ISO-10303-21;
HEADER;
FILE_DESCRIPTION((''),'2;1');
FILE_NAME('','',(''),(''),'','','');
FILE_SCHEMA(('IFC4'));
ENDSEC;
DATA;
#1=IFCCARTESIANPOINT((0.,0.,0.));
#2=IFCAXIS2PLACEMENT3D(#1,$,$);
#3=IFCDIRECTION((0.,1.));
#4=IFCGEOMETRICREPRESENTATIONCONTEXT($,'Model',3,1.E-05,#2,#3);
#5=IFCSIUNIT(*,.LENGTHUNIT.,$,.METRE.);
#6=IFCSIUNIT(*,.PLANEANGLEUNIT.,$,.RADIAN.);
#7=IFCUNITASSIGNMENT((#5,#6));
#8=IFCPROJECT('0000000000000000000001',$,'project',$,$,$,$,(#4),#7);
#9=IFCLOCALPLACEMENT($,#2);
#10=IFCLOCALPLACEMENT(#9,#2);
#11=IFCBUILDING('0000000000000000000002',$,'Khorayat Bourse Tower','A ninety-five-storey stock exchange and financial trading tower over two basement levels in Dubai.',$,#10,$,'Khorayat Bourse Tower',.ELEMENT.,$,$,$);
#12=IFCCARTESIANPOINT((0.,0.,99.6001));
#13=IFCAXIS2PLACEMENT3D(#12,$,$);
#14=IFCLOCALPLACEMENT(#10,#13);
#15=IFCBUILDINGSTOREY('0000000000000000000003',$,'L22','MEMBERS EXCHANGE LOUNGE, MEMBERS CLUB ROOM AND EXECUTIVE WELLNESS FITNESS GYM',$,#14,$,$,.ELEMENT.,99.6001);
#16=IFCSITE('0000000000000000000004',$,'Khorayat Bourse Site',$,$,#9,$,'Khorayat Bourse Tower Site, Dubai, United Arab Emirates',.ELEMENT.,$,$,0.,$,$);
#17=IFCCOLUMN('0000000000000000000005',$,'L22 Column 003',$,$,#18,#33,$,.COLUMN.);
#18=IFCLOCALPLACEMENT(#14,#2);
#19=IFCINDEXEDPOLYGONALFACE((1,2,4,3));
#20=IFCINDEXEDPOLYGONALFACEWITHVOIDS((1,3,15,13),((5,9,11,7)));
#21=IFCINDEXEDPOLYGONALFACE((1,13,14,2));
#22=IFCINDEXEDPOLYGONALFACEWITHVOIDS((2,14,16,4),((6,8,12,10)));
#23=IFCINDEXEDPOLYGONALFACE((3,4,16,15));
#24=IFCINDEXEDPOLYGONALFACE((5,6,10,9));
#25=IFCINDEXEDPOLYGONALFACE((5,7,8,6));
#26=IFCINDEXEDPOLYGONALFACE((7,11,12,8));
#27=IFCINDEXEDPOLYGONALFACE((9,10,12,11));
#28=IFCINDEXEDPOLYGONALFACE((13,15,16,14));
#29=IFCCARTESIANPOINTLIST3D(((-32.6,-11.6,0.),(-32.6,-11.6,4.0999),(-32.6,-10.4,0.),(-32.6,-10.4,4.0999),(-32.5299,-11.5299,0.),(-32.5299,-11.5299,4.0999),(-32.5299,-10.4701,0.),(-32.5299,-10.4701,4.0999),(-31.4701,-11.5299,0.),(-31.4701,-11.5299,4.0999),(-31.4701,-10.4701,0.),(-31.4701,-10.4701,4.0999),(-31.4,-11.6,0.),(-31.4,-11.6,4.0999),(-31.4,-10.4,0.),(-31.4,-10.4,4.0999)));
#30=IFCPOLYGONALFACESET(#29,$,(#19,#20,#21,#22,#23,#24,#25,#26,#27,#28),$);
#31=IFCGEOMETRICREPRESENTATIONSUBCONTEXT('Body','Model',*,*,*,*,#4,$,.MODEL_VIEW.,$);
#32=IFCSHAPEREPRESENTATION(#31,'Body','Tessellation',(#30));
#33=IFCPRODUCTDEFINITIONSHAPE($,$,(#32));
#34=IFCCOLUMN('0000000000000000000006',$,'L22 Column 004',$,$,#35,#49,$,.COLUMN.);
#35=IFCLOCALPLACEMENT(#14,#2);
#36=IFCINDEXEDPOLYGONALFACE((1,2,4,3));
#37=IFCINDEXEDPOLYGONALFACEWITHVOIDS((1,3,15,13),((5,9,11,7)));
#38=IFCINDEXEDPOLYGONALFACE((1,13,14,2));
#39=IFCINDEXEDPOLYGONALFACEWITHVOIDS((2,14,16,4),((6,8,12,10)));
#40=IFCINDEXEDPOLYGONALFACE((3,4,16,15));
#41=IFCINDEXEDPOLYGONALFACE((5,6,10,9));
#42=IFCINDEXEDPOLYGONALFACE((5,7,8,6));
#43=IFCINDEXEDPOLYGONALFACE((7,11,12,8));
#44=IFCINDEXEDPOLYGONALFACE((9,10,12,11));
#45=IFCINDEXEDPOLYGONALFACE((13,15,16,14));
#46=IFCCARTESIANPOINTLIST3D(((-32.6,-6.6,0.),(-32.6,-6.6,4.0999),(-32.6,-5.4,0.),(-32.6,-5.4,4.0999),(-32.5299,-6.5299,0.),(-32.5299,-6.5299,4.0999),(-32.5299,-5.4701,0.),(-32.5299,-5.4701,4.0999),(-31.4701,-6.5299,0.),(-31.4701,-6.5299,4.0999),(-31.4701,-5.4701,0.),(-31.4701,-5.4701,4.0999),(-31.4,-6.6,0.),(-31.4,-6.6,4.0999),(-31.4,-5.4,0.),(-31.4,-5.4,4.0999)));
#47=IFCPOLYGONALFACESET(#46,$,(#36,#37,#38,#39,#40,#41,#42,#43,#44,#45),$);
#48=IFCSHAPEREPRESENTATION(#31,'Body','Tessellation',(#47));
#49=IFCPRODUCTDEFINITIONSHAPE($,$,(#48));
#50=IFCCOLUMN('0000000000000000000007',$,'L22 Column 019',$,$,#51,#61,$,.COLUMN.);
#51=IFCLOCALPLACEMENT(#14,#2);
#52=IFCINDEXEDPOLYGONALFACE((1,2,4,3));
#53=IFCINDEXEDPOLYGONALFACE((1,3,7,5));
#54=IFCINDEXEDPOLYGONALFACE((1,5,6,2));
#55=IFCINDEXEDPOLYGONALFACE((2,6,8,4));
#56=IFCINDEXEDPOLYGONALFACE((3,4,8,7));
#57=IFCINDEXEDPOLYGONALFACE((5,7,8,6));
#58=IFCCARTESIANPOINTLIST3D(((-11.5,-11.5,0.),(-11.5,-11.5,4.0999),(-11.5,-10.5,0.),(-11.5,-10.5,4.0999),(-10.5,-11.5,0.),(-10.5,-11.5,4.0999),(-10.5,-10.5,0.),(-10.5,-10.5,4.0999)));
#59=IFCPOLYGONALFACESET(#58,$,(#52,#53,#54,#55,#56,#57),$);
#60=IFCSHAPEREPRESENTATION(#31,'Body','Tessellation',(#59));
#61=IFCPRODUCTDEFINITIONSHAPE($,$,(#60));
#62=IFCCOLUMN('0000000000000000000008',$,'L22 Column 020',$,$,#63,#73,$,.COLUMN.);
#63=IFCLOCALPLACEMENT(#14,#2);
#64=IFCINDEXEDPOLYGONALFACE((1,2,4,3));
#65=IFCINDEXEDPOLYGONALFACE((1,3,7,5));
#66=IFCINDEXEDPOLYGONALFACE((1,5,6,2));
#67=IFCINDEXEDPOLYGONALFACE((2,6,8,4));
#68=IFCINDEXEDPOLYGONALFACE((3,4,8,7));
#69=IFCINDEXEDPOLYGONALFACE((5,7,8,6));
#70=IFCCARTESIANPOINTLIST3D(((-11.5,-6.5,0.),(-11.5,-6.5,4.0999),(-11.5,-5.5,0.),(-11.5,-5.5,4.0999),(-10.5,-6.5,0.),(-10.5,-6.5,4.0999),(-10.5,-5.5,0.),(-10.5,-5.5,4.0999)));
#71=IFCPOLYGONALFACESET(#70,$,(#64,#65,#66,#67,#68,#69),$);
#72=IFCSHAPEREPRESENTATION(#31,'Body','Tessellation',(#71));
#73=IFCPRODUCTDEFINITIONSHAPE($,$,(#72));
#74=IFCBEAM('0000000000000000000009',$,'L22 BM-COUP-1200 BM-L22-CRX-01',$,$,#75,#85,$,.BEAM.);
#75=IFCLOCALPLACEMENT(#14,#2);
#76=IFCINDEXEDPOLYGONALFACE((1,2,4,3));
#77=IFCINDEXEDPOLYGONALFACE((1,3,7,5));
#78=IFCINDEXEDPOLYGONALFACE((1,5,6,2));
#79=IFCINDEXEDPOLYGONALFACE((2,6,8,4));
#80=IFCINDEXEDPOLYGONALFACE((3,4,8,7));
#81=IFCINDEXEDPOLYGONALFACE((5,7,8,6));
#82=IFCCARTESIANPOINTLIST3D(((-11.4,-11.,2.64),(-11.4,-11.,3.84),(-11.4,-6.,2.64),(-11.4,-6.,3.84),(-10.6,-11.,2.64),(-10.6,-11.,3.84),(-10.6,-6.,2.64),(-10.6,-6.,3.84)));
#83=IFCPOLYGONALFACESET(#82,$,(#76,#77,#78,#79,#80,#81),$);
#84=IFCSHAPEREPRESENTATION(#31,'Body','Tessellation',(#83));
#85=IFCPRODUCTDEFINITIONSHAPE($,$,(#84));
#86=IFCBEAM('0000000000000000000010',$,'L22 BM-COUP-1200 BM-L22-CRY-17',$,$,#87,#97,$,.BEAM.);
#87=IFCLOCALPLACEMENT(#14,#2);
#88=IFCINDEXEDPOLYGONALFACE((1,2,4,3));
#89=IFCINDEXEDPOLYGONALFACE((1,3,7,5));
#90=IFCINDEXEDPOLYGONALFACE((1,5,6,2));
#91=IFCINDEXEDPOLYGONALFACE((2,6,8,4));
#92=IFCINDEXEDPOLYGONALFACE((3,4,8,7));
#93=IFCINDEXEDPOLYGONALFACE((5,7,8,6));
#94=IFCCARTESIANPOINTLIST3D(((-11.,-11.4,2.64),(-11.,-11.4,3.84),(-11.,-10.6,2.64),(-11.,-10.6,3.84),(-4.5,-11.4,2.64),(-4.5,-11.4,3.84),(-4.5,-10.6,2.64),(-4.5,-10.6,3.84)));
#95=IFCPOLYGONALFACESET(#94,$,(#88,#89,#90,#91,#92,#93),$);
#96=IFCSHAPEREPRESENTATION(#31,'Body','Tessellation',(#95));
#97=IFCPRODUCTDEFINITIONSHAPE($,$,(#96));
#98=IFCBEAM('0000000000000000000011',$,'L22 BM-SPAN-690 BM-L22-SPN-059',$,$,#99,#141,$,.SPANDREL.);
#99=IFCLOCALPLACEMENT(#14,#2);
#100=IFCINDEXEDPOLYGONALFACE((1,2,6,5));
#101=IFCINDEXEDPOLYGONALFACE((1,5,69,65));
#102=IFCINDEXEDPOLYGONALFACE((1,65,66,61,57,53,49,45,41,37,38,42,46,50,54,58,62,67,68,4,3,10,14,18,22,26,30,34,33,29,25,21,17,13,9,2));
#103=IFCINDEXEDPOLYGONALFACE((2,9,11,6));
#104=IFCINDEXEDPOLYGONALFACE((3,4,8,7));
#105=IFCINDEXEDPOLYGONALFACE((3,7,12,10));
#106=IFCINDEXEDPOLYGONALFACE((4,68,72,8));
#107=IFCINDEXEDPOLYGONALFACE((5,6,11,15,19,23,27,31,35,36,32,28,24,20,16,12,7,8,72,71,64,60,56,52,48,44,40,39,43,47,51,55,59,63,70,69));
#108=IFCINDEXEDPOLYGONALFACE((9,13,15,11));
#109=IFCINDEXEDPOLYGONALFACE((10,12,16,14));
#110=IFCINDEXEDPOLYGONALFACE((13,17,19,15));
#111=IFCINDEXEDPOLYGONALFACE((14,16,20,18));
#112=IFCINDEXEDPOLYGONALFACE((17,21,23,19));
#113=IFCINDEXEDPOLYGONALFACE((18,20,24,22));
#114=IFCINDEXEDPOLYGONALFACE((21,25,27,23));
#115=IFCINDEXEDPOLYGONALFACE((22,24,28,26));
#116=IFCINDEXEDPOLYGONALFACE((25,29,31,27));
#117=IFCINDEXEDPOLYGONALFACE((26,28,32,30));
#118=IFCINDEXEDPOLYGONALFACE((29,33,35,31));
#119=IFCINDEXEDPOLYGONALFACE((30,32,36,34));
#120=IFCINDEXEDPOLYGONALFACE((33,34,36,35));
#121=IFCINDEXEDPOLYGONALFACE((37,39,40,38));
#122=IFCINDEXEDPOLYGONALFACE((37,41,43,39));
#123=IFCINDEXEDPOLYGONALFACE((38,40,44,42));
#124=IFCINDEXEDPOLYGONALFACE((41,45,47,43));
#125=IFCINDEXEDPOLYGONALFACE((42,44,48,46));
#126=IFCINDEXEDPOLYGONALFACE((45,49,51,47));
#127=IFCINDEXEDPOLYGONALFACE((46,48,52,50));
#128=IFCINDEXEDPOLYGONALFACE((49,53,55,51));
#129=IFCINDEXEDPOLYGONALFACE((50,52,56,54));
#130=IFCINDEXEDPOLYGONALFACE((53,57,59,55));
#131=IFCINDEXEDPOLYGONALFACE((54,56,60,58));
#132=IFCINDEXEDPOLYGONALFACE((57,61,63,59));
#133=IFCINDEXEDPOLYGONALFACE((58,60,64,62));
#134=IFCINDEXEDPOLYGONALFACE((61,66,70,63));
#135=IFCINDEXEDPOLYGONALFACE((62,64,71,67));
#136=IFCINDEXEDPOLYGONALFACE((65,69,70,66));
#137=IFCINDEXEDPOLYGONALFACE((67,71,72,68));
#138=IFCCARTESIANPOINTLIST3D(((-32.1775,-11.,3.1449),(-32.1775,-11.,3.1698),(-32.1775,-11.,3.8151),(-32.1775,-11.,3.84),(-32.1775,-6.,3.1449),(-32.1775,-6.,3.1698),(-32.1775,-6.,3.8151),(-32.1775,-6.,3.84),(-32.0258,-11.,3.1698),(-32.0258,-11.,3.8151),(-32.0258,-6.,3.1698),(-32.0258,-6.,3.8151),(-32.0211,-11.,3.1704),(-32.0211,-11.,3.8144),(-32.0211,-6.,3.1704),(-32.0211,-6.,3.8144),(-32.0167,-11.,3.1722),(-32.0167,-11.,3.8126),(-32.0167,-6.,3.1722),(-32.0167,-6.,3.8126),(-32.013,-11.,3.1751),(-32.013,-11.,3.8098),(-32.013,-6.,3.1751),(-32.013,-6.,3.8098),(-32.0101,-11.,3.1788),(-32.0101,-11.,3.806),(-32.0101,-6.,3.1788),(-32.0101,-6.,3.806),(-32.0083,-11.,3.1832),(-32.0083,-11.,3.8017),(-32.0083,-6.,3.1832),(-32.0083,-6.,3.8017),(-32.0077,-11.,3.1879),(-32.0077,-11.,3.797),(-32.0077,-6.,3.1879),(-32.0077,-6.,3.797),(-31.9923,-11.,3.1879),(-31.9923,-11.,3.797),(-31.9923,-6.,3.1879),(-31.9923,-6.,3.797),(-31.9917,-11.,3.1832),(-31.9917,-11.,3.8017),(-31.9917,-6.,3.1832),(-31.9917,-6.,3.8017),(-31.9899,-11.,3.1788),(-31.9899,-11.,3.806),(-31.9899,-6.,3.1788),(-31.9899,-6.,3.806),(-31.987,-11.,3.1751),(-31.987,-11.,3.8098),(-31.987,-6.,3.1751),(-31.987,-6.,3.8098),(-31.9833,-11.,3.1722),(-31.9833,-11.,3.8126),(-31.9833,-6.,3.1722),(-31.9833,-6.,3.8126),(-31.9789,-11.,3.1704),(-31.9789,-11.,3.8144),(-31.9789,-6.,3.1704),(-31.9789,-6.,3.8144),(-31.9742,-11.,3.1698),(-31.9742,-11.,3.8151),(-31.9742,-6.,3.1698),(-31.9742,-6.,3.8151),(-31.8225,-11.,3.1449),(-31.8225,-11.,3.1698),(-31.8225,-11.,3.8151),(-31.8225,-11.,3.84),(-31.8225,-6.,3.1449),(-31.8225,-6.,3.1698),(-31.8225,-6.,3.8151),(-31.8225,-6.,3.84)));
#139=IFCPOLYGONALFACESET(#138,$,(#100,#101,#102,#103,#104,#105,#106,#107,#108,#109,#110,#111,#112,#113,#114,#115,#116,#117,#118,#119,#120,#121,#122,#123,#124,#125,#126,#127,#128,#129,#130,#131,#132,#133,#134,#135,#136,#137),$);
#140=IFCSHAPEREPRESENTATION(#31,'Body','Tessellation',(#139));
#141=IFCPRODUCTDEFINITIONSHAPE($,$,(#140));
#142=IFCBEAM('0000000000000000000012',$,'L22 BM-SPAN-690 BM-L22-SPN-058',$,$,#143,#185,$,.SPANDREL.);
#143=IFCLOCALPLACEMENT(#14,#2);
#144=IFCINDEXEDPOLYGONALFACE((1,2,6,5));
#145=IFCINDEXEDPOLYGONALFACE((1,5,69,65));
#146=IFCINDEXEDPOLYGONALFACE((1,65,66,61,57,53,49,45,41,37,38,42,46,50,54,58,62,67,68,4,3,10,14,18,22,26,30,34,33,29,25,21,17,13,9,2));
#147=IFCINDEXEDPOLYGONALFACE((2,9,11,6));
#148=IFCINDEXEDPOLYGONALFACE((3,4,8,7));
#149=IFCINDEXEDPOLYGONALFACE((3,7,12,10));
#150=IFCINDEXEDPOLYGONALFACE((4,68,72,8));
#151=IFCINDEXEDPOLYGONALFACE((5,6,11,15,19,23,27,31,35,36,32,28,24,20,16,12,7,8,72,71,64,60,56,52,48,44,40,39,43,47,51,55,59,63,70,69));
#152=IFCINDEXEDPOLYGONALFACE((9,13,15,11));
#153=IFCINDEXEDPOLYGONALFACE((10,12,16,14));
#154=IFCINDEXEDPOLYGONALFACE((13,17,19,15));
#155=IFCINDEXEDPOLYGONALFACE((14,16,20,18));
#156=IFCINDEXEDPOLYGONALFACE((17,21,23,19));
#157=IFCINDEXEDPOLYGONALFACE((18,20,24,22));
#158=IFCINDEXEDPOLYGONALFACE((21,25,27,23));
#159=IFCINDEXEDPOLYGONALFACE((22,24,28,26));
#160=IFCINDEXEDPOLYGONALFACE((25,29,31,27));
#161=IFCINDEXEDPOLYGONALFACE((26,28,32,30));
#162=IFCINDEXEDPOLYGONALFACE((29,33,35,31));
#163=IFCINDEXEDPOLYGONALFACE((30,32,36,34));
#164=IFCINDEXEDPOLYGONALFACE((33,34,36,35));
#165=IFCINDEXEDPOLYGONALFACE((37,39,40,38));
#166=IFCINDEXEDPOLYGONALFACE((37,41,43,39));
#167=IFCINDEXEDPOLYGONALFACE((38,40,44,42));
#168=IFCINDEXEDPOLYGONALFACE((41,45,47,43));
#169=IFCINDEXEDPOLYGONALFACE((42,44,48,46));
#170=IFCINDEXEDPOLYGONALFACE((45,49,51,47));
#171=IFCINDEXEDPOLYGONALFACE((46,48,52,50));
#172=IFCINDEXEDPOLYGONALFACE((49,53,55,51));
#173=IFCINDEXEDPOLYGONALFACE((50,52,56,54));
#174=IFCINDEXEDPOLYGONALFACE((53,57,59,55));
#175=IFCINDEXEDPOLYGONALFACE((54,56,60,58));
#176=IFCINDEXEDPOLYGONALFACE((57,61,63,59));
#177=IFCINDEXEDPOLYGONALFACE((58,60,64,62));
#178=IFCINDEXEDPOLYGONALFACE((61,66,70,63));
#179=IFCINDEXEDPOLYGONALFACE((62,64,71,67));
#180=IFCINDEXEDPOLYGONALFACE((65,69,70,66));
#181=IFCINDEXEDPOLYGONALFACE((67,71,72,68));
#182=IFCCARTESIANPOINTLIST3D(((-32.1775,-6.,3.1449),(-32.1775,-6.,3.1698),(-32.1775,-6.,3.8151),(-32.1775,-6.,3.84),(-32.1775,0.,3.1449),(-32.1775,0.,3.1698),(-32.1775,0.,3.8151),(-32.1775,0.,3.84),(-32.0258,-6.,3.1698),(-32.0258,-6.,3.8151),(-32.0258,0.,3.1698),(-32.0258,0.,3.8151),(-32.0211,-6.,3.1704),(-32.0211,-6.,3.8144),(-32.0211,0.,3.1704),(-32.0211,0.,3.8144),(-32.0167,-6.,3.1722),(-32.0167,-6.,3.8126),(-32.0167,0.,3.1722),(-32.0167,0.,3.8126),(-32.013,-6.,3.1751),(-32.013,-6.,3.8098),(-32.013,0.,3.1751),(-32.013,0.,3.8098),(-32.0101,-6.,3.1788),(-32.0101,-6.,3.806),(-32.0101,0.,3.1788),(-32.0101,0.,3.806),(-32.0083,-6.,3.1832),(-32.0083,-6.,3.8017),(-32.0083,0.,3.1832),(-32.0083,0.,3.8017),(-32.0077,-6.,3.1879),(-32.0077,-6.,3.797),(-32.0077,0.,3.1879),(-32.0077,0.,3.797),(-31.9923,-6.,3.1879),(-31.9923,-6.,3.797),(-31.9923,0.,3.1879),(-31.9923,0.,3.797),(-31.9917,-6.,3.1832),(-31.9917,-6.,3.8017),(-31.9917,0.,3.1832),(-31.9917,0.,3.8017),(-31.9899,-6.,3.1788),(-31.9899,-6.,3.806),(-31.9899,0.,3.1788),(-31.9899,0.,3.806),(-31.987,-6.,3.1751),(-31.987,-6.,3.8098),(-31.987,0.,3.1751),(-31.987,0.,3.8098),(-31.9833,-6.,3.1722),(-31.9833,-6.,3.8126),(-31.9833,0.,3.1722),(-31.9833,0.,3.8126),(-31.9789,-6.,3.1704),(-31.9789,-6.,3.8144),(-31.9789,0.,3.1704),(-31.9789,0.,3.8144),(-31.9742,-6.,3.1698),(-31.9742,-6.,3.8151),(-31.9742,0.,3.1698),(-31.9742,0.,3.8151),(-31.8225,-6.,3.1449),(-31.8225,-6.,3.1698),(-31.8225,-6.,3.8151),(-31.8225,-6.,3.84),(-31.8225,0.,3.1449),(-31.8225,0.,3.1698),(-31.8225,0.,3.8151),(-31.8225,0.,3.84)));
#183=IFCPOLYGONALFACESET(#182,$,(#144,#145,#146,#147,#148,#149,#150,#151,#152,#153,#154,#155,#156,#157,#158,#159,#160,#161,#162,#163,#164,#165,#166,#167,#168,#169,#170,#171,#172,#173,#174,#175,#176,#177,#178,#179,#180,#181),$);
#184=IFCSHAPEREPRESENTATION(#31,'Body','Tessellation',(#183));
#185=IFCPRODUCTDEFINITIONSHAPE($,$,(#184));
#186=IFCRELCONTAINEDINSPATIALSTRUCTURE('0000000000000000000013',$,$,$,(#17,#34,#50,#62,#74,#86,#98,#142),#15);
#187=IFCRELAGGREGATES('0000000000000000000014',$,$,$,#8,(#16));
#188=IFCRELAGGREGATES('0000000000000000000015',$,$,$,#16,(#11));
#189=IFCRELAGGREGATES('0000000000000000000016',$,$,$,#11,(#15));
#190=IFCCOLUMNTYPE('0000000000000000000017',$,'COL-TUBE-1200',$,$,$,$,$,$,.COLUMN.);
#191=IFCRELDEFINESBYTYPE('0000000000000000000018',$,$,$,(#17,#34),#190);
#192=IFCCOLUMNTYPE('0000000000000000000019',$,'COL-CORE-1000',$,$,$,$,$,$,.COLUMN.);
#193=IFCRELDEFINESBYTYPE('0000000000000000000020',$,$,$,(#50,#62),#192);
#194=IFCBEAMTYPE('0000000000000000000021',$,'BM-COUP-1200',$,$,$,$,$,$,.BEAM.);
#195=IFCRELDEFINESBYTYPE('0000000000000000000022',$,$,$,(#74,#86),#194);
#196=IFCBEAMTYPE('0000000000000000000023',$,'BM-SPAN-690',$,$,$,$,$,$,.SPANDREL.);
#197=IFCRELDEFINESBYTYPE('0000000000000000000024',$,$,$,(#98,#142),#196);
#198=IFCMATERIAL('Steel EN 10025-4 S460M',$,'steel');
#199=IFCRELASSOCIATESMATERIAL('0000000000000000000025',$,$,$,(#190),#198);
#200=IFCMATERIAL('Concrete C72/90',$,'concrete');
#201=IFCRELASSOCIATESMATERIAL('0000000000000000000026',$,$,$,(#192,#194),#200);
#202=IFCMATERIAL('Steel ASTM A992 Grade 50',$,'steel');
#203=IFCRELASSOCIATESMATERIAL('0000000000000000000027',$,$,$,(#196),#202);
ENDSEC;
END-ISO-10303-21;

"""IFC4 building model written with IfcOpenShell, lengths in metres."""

from ifc_helpers import new_model, si_unit, direction, frame, origin, origin_2d, place, context, subcontext, project, spatial, rectangle, hollow_rectangle, i_section, extrude, source, transform, mapped, material, material_profile, profile_set, type_object, element, save


model = new_model("IFC4")

# Units and contexts
model_context = context("Model", 3, precision=1e-05, world=origin(), true_north=direction((0.0, 1.0)))
body_context = subcontext(model_context, "Body", "Model", "MODEL_VIEW")
ifc_project = project(units=[si_unit("LENGTHUNIT", "METRE"), si_unit("PLANEANGLEUNIT", "RADIAN")], contexts=[model_context])

# Site, building, storey
site_placement = place(None, origin())
site = spatial("IfcSite", under=ifc_project, at=site_placement, Name="Khorayat Bourse Site", LongName="Khorayat Bourse Tower Site, Dubai, United Arab Emirates", CompositionType="ELEMENT", RefElevation=0.0)
building_placement = place(site_placement, origin())
building = spatial("IfcBuilding", under=site, at=building_placement, Name="Khorayat Bourse Tower", Description="A ninety-five-storey stock exchange and financial trading tower over two basement levels in Dubai.", LongName="Khorayat Bourse Tower", CompositionType="ELEMENT")
storey_placement = place(building_placement, frame((0.0, 0.0, 99.6001)))
storey = spatial("IfcBuildingStorey", under=building, at=storey_placement, Name="L22", Description="MEMBERS EXCHANGE LOUNGE, MEMBERS CLUB ROOM AND EXECUTIVE WELLNESS FITNESS GYM", CompositionType="ELEMENT", Elevation=99.6001)

# Columns
ifc_material_1 = material(Name="Steel EN 10025-4 S460M", Category="steel")
ifc_material_profile_1 = material_profile(ifc_material_1, hollow_rectangle(XDim=1.2, YDim=1.2, WallThickness=0.0701, at=origin_2d()), Name="BOX 1200x1200x70")
ifc_profile_set_1 = profile_set([ifc_material_profile_1], Name="Steel EN 10025-4 S460M")
column_type_1 = type_object("IfcColumnType", Name="COL-TUBE-1200", PredefinedType="COLUMN", material=ifc_profile_set_1)
shared_shape_1 = source(origin(), body_context, "Body", "SweptSolid", [
    extrude(hollow_rectangle(XDim=1.2, YDim=1.2, WallThickness=0.0701, at=origin_2d()), origin(), (0.0, 0.0, 1.0), 4.0999),
])
for number, where, z_axis, x_axis, name in (
    (1, (-32.0, -11.0, 0.0), (0.0, 0.0, 1.0), (1.0, 0.0, 0.0), "L22 Column 003"),
    (2, (-32.0, -6.0, 0.0), (0.0, 0.0, 1.0), (1.0, 0.0, 0.0), "L22 Column 004"),
):
    element("IfcColumn", number, at=place(storey_placement, frame(where, z_axis=z_axis, x_axis=x_axis)), inside=storey, type_object=column_type_1, Name=name, PredefinedType="COLUMN", context=body_context, shape_type="MappedRepresentation", body=[
        mapped(shared_shape_1, transform((0.0, 0.0, 0.0), scale=1.0)),
    ])
ifc_material_2 = material(Name="Concrete C72/90", Category="concrete")
ifc_material_profile_2 = material_profile(ifc_material_2, rectangle(XDim=1.0, YDim=1.0, at=origin_2d()), Name="RC 1000x1000")
ifc_profile_set_2 = profile_set([ifc_material_profile_2], Name="Concrete C72/90")
column_type_2 = type_object("IfcColumnType", Name="COL-CORE-1000", PredefinedType="COLUMN", material=ifc_profile_set_2)
shared_shape_2 = source(origin(), body_context, "Body", "SweptSolid", [
    extrude(rectangle(XDim=1.0, YDim=1.0, at=origin_2d()), origin(), (0.0, 0.0, 1.0), 4.0999),
])
for number, where, z_axis, x_axis, name in (
    (3, (-11.0, -11.0, 0.0), (0.0, 0.0, 1.0), (1.0, 0.0, 0.0), "L22 Column 019"),
    (4, (-11.0, -6.0, 0.0), (0.0, 0.0, 1.0), (1.0, 0.0, 0.0), "L22 Column 020"),
):
    element("IfcColumn", number, at=place(storey_placement, frame(where, z_axis=z_axis, x_axis=x_axis)), inside=storey, type_object=column_type_2, Name=name, PredefinedType="COLUMN", context=body_context, shape_type="MappedRepresentation", body=[
        mapped(shared_shape_2, transform((0.0, 0.0, 0.0), scale=1.0)),
    ])

# Beams
ifc_material_profile_3 = material_profile(ifc_material_2, rectangle(XDim=0.8, YDim=1.2, at=origin_2d()), Name="RC 800x1200")
ifc_profile_set_3 = profile_set([ifc_material_profile_3], Name="Concrete C72/90")
beam_type_1 = type_object("IfcBeamType", Name="BM-COUP-1200", PredefinedType="BEAM", material=ifc_profile_set_3)
shared_shape_3 = source(origin(), body_context, "Body", "SweptSolid", [
    extrude(rectangle(XDim=0.8, YDim=1.2, at=origin_2d()), origin(), (0.0, 0.0, 1.0), 5.0),
])
beam_1_placement = place(storey_placement, frame((-11.0, -11.0, 3.24), z_axis=(0.0, 1.0, 0.0), x_axis=(-1.0, 0.0, 0.0)))
element("IfcBeam", 5, at=beam_1_placement, inside=storey, type_object=beam_type_1, Name="L22 BM-COUP-1200 BM-L22-CRX-01", PredefinedType="BEAM", context=body_context, shape_type="MappedRepresentation", body=[
    mapped(shared_shape_3, transform((0.0, 0.0, 0.0), scale=1.0)),
])
shared_shape_4 = source(origin(), body_context, "Body", "SweptSolid", [
    extrude(rectangle(XDim=0.8, YDim=1.2, at=origin_2d()), origin(), (0.0, 0.0, 1.0), 6.5),
])
beam_2_placement = place(storey_placement, frame((-11.0, -11.0, 3.24), z_axis=(1.0, 0.0, 0.0), x_axis=(0.0, 1.0, 0.0)))
element("IfcBeam", 6, at=beam_2_placement, inside=storey, type_object=beam_type_1, Name="L22 BM-COUP-1200 BM-L22-CRY-17", PredefinedType="BEAM", context=body_context, shape_type="MappedRepresentation", body=[
    mapped(shared_shape_4, transform((0.0, 0.0, 0.0), scale=1.0)),
])
ifc_material_3 = material(Name="Steel ASTM A992 Grade 50", Category="steel")
ifc_material_profile_4 = material_profile(ifc_material_3, i_section(OverallWidth=0.355, OverallDepth=0.6951, WebThickness=0.0154, FlangeThickness=0.0249, FilletRadius=0.0181, at=origin_2d()), Name="W690X217")
ifc_profile_set_4 = profile_set([ifc_material_profile_4], Name="Steel ASTM A992 Grade 50")
beam_type_2 = type_object("IfcBeamType", Name="BM-SPAN-690", PredefinedType="SPANDREL", material=ifc_profile_set_4)
shared_shape_5 = source(origin(), body_context, "Body", "SweptSolid", [
    extrude(i_section(OverallWidth=0.355, OverallDepth=0.6951, WebThickness=0.0154, FlangeThickness=0.0249, FilletRadius=0.0181, at=origin_2d()), origin(), (0.0, 0.0, 1.0), 5.0),
])
beam_3_placement = place(storey_placement, frame((-32.0, -11.0, 3.4924), z_axis=(0.0, 1.0, 0.0), x_axis=(-1.0, 0.0, 0.0)))
element("IfcBeam", 7, at=beam_3_placement, inside=storey, type_object=beam_type_2, Name="L22 BM-SPAN-690 BM-L22-SPN-059", PredefinedType="SPANDREL", context=body_context, shape_type="MappedRepresentation", body=[
    mapped(shared_shape_5, transform((0.0, 0.0, 0.0), scale=1.0)),
])
shared_shape_6 = source(origin(), body_context, "Body", "SweptSolid", [
    extrude(i_section(OverallWidth=0.355, OverallDepth=0.6951, WebThickness=0.0154, FlangeThickness=0.0249, FilletRadius=0.0181, at=origin_2d()), origin(), (0.0, 0.0, 1.0), 6.0),
])
beam_4_placement = place(storey_placement, frame((-32.0, -6.0, 3.4924), z_axis=(0.0, 1.0, 0.0), x_axis=(-1.0, 0.0, 0.0)))
element("IfcBeam", 8, at=beam_4_placement, inside=storey, type_object=beam_type_2, Name="L22 BM-SPAN-690 BM-L22-SPN-058", PredefinedType="SPANDREL", context=body_context, shape_type="MappedRepresentation", body=[
    mapped(shared_shape_6, transform((0.0, 0.0, 0.0), scale=1.0)),
])

save(model, "model.ifc")
